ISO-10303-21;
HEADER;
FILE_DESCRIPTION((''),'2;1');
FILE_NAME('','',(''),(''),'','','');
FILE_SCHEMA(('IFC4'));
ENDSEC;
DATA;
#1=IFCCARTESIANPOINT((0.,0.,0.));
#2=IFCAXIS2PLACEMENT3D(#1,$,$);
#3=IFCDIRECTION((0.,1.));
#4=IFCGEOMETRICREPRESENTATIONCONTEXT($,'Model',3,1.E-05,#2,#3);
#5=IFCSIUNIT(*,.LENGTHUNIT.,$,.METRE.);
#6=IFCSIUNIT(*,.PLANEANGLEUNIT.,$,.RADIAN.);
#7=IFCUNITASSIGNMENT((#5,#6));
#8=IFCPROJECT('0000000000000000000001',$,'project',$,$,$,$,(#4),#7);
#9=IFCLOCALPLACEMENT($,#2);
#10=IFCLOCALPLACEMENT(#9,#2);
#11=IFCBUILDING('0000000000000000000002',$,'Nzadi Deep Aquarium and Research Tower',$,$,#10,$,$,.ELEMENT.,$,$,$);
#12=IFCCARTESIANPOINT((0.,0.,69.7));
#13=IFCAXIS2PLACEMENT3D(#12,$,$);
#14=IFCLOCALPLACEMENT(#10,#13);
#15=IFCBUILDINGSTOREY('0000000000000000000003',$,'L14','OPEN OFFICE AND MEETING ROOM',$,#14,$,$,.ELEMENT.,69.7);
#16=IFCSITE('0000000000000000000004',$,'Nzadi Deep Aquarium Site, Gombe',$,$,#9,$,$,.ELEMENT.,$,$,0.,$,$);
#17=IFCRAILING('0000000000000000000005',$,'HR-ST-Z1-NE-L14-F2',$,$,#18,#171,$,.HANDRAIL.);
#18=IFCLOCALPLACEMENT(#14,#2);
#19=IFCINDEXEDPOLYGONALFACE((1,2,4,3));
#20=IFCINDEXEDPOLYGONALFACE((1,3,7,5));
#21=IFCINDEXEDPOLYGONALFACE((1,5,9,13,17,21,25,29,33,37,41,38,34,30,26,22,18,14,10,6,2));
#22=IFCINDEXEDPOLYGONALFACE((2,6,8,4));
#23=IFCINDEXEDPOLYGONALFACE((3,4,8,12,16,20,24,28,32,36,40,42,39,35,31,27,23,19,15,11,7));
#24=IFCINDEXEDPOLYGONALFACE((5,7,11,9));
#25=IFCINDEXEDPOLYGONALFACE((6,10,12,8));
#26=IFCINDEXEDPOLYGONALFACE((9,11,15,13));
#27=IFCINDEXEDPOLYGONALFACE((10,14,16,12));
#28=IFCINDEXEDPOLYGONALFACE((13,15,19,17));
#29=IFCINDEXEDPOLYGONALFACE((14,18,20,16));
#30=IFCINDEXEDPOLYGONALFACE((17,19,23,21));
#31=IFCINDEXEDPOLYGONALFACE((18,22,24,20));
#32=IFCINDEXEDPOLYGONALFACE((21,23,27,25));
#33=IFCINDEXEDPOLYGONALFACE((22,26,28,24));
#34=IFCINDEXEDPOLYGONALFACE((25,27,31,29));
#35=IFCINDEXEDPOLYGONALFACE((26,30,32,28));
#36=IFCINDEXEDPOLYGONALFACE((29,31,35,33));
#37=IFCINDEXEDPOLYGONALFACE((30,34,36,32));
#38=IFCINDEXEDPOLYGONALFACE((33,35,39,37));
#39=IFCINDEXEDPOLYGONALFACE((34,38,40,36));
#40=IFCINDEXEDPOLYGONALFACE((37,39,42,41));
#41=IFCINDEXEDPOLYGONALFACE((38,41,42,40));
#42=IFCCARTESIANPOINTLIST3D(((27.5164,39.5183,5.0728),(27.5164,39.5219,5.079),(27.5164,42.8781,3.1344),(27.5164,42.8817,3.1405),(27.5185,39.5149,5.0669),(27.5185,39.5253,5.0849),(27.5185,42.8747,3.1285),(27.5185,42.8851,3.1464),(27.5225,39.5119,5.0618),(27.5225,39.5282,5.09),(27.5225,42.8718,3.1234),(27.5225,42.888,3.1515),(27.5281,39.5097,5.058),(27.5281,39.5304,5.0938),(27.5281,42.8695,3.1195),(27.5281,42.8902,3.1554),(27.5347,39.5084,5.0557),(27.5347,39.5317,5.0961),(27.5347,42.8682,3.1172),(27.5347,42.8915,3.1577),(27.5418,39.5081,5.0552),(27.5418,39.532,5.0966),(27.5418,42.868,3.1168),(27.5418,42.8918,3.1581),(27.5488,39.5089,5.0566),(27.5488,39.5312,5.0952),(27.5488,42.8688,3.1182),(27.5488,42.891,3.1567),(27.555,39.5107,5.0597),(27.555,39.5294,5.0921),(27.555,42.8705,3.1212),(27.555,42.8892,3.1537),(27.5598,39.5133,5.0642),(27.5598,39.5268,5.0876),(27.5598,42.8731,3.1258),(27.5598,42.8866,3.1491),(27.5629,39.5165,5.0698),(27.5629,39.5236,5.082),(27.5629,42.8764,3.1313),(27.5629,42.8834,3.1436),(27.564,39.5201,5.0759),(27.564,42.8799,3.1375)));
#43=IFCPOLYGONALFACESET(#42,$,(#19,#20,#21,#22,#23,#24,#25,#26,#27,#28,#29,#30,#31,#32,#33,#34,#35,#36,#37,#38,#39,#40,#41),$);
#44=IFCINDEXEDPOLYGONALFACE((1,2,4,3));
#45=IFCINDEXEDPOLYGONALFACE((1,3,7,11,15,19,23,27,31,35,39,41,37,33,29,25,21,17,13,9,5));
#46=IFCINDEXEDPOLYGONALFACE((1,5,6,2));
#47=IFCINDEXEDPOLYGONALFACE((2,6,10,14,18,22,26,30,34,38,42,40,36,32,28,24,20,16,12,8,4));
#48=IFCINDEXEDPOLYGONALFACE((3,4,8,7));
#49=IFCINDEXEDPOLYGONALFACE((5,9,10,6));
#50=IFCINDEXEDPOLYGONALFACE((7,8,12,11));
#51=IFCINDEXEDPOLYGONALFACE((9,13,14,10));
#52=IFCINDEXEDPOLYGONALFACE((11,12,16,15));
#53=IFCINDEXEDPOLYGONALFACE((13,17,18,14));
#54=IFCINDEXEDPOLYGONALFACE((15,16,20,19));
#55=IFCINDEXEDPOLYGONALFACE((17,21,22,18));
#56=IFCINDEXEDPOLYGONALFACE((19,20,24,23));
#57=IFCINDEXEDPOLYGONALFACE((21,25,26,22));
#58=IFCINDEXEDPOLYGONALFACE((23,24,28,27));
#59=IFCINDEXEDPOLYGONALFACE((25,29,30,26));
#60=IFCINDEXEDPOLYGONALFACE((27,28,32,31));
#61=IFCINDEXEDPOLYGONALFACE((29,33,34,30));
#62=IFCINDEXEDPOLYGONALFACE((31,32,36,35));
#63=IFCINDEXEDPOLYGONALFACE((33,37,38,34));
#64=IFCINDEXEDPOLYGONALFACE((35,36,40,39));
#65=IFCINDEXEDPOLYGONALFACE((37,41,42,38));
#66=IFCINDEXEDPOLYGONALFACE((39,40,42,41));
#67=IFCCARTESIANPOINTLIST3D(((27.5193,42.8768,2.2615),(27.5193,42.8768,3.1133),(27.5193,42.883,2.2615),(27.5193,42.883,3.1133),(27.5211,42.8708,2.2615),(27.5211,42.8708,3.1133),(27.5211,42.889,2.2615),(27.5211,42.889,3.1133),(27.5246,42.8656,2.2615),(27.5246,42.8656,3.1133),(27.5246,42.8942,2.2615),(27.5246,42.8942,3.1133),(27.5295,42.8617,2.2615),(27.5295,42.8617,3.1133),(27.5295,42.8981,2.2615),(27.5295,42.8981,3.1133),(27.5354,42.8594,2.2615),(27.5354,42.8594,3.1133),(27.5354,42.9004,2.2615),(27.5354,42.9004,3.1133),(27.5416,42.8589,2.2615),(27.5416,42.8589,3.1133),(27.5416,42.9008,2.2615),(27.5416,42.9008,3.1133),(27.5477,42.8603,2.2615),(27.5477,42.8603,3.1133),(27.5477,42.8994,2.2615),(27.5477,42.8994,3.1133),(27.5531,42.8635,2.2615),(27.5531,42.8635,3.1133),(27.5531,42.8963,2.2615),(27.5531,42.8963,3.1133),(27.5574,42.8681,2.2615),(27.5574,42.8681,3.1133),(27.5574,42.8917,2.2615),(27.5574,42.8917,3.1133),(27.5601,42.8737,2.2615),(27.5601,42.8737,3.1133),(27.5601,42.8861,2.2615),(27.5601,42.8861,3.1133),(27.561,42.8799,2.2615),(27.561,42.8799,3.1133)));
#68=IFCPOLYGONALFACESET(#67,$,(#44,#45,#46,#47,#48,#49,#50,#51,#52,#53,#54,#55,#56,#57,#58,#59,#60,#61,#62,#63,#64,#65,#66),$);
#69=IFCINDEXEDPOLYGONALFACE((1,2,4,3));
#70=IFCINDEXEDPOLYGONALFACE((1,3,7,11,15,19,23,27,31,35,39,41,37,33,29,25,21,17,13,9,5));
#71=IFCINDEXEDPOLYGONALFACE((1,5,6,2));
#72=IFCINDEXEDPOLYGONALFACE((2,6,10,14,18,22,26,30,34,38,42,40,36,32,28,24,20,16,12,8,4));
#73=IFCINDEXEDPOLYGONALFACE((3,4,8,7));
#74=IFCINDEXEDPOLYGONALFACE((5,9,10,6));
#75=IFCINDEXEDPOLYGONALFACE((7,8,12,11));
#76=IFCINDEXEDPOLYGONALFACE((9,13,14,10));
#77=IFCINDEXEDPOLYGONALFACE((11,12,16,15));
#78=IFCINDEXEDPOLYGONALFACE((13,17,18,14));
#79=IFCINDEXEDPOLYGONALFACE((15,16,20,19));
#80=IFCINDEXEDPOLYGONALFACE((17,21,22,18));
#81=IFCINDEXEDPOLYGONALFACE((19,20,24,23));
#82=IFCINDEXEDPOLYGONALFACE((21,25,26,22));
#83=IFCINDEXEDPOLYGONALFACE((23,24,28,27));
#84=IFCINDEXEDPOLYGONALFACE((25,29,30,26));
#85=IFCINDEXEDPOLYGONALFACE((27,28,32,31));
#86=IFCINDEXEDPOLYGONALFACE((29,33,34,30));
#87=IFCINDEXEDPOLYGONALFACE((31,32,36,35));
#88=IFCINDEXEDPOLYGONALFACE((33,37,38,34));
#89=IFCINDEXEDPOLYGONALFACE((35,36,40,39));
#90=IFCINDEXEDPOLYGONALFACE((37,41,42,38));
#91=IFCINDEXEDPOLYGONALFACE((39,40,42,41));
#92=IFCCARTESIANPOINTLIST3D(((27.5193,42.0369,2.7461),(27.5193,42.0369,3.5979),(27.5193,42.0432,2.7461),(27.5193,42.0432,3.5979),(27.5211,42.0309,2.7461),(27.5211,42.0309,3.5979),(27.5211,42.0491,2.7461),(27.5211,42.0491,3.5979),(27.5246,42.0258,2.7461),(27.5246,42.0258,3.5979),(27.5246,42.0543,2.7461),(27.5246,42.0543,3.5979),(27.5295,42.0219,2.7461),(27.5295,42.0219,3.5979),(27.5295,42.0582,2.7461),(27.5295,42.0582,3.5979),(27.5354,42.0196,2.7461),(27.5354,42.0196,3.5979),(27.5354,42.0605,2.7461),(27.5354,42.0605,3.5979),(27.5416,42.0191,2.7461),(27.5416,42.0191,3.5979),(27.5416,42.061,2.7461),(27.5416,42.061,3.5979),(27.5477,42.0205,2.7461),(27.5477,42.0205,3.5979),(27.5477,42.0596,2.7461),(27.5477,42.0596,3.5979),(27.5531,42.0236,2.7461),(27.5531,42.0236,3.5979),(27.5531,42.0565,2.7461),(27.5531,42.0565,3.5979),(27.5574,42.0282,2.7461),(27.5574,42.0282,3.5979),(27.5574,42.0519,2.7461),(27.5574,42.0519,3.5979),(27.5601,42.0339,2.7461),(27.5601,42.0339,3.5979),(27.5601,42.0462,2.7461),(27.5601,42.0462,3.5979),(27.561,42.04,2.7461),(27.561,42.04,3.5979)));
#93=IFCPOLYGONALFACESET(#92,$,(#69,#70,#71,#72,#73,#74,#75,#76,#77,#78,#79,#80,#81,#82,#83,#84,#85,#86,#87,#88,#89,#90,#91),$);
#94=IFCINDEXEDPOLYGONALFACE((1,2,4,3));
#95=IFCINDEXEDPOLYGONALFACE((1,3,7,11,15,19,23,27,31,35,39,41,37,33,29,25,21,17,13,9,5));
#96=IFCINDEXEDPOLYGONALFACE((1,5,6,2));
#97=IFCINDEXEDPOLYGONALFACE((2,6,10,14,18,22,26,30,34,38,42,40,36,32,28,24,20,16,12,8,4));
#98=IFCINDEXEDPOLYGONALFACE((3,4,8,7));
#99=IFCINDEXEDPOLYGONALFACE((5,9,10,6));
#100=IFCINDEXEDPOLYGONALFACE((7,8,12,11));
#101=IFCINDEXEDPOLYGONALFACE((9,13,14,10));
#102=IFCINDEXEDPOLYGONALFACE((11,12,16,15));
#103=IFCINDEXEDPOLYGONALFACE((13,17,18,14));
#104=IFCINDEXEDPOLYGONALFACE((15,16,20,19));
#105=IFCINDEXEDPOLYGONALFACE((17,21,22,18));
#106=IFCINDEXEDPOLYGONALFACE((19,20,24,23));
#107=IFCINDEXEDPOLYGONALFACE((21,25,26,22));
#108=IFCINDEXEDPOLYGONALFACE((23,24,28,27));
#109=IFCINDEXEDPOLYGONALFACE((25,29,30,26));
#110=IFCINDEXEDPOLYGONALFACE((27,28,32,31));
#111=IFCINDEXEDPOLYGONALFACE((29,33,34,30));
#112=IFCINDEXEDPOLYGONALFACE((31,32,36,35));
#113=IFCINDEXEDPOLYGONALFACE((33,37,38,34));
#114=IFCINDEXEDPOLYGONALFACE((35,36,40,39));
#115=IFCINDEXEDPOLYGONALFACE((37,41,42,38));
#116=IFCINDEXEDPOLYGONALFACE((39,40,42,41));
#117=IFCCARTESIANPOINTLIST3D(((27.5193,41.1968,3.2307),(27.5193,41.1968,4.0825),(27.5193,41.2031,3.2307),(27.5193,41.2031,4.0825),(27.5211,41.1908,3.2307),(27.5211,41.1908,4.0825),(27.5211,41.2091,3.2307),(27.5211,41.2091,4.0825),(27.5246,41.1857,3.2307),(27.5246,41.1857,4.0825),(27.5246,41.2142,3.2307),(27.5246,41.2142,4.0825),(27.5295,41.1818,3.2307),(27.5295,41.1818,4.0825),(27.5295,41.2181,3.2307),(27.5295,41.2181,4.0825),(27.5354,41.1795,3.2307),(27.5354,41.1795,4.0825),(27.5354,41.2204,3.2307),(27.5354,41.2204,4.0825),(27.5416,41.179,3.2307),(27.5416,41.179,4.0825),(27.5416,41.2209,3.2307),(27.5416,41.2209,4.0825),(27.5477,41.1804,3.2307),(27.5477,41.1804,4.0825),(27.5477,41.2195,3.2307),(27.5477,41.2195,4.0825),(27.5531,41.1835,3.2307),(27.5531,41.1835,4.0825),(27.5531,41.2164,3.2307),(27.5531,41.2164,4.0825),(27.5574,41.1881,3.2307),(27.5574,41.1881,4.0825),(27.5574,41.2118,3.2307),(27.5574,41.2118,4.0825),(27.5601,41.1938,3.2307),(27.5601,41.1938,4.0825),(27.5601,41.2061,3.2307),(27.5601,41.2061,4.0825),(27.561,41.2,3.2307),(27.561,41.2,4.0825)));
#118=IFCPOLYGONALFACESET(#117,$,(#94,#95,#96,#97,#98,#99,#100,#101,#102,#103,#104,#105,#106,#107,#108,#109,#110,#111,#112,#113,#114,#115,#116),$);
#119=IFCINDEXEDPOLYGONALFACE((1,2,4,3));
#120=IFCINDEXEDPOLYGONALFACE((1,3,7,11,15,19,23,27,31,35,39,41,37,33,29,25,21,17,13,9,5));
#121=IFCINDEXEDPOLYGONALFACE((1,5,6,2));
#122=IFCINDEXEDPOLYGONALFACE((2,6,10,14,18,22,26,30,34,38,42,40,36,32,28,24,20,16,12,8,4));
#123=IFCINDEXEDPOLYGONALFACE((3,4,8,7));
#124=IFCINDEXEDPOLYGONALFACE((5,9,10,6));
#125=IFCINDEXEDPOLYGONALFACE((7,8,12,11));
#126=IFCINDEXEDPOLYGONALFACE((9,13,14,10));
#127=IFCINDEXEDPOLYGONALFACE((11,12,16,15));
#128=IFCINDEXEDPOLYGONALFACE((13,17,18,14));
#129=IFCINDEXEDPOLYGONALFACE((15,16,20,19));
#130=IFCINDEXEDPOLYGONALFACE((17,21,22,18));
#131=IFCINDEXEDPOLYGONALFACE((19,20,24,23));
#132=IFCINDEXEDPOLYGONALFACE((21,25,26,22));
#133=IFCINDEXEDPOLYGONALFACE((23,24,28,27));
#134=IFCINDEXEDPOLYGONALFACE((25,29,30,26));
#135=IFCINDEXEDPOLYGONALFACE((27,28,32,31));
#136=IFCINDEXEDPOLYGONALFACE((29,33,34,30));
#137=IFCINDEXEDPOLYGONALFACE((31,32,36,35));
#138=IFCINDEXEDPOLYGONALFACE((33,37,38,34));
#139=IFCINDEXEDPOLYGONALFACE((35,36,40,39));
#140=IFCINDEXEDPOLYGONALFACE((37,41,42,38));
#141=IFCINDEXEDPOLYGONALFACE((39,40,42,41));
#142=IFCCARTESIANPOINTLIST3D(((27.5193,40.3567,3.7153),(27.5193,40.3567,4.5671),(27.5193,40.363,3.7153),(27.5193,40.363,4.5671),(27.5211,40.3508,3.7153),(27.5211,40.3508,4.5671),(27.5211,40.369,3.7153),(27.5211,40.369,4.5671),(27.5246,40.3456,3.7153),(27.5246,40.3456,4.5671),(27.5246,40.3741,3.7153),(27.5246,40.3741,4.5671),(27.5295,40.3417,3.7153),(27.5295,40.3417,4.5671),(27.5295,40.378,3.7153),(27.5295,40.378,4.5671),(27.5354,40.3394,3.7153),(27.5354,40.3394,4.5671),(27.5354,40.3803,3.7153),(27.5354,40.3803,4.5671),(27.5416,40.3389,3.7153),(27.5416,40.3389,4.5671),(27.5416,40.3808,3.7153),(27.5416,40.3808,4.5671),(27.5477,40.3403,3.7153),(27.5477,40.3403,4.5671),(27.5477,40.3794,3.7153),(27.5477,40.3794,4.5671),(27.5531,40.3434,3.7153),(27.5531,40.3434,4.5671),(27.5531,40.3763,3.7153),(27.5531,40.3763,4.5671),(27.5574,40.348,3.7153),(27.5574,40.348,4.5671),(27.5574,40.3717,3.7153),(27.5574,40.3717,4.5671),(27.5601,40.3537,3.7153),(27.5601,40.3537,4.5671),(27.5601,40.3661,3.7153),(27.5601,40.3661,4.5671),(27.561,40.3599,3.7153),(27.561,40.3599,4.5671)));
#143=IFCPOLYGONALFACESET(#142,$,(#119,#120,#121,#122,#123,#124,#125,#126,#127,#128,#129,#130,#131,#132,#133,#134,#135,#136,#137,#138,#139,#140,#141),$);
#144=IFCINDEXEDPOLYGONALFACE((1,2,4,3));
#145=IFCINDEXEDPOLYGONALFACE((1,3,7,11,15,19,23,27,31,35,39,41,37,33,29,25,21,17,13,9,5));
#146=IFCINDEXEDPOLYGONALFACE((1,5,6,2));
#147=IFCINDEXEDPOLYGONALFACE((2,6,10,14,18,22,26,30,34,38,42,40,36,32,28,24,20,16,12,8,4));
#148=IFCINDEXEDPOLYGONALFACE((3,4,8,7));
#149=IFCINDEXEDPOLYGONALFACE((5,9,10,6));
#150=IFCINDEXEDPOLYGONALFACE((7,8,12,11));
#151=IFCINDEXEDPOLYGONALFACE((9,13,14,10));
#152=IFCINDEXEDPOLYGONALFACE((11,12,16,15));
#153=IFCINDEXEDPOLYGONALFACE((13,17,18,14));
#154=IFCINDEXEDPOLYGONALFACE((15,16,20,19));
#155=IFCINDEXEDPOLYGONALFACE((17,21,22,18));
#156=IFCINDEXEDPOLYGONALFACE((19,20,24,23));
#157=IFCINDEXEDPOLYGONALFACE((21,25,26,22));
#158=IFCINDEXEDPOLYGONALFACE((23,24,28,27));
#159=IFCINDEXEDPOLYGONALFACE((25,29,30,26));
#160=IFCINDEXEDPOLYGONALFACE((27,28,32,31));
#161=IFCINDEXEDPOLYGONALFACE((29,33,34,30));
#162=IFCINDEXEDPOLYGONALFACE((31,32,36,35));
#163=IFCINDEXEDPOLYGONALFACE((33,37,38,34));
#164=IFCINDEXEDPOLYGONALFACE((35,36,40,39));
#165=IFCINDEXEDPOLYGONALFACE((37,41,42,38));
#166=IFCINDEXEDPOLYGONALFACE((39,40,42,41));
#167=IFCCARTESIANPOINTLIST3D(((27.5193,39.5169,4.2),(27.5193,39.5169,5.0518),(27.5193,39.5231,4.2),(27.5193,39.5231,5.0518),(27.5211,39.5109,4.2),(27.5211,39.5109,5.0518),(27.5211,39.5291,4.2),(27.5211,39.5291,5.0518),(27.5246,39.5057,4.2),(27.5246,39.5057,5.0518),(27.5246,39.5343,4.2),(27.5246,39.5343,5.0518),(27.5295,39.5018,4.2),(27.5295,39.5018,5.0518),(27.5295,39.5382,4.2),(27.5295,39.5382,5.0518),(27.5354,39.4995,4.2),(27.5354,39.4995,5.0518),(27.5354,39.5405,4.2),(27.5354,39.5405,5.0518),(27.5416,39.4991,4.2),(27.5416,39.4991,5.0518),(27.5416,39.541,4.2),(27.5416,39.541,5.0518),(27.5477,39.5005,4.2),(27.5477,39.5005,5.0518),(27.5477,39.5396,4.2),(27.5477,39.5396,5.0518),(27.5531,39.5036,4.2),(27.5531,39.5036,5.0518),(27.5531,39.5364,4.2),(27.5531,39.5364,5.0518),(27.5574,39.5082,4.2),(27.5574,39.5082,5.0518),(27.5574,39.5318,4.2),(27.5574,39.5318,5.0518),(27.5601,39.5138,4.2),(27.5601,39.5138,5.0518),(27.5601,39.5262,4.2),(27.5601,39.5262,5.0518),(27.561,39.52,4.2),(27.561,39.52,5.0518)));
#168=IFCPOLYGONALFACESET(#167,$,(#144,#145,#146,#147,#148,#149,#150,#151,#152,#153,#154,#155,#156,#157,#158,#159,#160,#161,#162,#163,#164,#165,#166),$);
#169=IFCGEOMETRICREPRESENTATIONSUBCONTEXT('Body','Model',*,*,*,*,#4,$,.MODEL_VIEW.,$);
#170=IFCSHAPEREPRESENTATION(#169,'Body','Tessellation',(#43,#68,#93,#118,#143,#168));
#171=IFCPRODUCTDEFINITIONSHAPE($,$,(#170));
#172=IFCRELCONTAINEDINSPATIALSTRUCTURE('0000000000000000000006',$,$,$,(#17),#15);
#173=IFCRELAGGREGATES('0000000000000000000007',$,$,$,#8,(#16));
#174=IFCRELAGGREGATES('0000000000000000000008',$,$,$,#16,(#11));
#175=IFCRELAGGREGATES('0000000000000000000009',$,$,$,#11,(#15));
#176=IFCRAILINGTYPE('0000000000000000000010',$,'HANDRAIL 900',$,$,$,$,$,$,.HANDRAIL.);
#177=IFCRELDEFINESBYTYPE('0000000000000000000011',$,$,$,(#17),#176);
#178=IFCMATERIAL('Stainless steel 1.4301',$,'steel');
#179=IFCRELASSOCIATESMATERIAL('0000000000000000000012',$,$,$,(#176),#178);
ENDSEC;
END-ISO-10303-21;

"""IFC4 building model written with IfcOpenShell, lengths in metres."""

from ifc_helpers import new_model, si_unit, direction, frame, origin, origin_2d, place, context, subcontext, project, spatial, circle, extrude, material, type_object, element, save


model = new_model("IFC4")

# Units and contexts
model_context = context("Model", 3, precision=1e-05, world=origin(), true_north=direction((0.0, 1.0)))
body_context = subcontext(model_context, "Body", "Model", "MODEL_VIEW")
ifc_project = project(units=[si_unit("LENGTHUNIT", "METRE"), si_unit("PLANEANGLEUNIT", "RADIAN")], contexts=[model_context])

# Site, building, storey
site_placement = place(None, origin())
site = spatial("IfcSite", under=ifc_project, at=site_placement, Name="Nzadi Deep Aquarium Site, Gombe", CompositionType="ELEMENT", RefElevation=0.0)
building_placement = place(site_placement, origin())
building = spatial("IfcBuilding", under=site, at=building_placement, Name="Nzadi Deep Aquarium and Research Tower", CompositionType="ELEMENT")
storey_placement = place(building_placement, frame((0.0, 0.0, 69.7)))
storey = spatial("IfcBuildingStorey", under=building, at=storey_placement, Name="L14", Description="OPEN OFFICE AND MEETING ROOM", CompositionType="ELEMENT", Elevation=69.7)

# Railing
ifc_material_1 = material(Name="Stainless steel 1.4301", Category="steel")
railing_type = type_object("IfcRailingType", Name="HANDRAIL 900", PredefinedType="HANDRAIL", material=ifc_material_1)
for number, where, name in (
    (1, (27.54, 42.8799, 2.2615), "HR-ST-Z1-NE-L14-F2"),
):
    element("IfcRailing", number, at=place(storey_placement, frame(where)), inside=storey, type_object=railing_type, Name=name, PredefinedType="HANDRAIL", context=body_context, shape_type="SweptSolid", body=[
        extrude(circle(Radius=0.0239, at=origin_2d()), frame((0.0, 0.0, 0.876), z_axis=(0.0, -0.866175, 0.499741), x_axis=(1.0, 0.0, 0.0)), (0.0, 0.0, 1.0), 3.8789),
        extrude(circle(Radius=0.021, at=origin_2d()), origin(), (0.0, 0.0, 1.0), 0.8518),
        extrude(circle(Radius=0.021, at=origin_2d()), frame((0.0, -0.8398, 0.4846)), (0.0, 0.0, 1.0), 0.8518),
        extrude(circle(Radius=0.021, at=origin_2d()), frame((0.0, -1.6799, 0.9692)), (0.0, 0.0, 1.0), 0.8518),
        extrude(circle(Radius=0.021, at=origin_2d()), frame((0.0, -2.52, 1.4539)), (0.0, 0.0, 1.0), 0.8518),
        extrude(circle(Radius=0.021, at=origin_2d()), frame((0.0, -3.3599, 1.9385)), (0.0, 0.0, 1.0), 0.8518),
    ])

save(model, "model.ifc")
